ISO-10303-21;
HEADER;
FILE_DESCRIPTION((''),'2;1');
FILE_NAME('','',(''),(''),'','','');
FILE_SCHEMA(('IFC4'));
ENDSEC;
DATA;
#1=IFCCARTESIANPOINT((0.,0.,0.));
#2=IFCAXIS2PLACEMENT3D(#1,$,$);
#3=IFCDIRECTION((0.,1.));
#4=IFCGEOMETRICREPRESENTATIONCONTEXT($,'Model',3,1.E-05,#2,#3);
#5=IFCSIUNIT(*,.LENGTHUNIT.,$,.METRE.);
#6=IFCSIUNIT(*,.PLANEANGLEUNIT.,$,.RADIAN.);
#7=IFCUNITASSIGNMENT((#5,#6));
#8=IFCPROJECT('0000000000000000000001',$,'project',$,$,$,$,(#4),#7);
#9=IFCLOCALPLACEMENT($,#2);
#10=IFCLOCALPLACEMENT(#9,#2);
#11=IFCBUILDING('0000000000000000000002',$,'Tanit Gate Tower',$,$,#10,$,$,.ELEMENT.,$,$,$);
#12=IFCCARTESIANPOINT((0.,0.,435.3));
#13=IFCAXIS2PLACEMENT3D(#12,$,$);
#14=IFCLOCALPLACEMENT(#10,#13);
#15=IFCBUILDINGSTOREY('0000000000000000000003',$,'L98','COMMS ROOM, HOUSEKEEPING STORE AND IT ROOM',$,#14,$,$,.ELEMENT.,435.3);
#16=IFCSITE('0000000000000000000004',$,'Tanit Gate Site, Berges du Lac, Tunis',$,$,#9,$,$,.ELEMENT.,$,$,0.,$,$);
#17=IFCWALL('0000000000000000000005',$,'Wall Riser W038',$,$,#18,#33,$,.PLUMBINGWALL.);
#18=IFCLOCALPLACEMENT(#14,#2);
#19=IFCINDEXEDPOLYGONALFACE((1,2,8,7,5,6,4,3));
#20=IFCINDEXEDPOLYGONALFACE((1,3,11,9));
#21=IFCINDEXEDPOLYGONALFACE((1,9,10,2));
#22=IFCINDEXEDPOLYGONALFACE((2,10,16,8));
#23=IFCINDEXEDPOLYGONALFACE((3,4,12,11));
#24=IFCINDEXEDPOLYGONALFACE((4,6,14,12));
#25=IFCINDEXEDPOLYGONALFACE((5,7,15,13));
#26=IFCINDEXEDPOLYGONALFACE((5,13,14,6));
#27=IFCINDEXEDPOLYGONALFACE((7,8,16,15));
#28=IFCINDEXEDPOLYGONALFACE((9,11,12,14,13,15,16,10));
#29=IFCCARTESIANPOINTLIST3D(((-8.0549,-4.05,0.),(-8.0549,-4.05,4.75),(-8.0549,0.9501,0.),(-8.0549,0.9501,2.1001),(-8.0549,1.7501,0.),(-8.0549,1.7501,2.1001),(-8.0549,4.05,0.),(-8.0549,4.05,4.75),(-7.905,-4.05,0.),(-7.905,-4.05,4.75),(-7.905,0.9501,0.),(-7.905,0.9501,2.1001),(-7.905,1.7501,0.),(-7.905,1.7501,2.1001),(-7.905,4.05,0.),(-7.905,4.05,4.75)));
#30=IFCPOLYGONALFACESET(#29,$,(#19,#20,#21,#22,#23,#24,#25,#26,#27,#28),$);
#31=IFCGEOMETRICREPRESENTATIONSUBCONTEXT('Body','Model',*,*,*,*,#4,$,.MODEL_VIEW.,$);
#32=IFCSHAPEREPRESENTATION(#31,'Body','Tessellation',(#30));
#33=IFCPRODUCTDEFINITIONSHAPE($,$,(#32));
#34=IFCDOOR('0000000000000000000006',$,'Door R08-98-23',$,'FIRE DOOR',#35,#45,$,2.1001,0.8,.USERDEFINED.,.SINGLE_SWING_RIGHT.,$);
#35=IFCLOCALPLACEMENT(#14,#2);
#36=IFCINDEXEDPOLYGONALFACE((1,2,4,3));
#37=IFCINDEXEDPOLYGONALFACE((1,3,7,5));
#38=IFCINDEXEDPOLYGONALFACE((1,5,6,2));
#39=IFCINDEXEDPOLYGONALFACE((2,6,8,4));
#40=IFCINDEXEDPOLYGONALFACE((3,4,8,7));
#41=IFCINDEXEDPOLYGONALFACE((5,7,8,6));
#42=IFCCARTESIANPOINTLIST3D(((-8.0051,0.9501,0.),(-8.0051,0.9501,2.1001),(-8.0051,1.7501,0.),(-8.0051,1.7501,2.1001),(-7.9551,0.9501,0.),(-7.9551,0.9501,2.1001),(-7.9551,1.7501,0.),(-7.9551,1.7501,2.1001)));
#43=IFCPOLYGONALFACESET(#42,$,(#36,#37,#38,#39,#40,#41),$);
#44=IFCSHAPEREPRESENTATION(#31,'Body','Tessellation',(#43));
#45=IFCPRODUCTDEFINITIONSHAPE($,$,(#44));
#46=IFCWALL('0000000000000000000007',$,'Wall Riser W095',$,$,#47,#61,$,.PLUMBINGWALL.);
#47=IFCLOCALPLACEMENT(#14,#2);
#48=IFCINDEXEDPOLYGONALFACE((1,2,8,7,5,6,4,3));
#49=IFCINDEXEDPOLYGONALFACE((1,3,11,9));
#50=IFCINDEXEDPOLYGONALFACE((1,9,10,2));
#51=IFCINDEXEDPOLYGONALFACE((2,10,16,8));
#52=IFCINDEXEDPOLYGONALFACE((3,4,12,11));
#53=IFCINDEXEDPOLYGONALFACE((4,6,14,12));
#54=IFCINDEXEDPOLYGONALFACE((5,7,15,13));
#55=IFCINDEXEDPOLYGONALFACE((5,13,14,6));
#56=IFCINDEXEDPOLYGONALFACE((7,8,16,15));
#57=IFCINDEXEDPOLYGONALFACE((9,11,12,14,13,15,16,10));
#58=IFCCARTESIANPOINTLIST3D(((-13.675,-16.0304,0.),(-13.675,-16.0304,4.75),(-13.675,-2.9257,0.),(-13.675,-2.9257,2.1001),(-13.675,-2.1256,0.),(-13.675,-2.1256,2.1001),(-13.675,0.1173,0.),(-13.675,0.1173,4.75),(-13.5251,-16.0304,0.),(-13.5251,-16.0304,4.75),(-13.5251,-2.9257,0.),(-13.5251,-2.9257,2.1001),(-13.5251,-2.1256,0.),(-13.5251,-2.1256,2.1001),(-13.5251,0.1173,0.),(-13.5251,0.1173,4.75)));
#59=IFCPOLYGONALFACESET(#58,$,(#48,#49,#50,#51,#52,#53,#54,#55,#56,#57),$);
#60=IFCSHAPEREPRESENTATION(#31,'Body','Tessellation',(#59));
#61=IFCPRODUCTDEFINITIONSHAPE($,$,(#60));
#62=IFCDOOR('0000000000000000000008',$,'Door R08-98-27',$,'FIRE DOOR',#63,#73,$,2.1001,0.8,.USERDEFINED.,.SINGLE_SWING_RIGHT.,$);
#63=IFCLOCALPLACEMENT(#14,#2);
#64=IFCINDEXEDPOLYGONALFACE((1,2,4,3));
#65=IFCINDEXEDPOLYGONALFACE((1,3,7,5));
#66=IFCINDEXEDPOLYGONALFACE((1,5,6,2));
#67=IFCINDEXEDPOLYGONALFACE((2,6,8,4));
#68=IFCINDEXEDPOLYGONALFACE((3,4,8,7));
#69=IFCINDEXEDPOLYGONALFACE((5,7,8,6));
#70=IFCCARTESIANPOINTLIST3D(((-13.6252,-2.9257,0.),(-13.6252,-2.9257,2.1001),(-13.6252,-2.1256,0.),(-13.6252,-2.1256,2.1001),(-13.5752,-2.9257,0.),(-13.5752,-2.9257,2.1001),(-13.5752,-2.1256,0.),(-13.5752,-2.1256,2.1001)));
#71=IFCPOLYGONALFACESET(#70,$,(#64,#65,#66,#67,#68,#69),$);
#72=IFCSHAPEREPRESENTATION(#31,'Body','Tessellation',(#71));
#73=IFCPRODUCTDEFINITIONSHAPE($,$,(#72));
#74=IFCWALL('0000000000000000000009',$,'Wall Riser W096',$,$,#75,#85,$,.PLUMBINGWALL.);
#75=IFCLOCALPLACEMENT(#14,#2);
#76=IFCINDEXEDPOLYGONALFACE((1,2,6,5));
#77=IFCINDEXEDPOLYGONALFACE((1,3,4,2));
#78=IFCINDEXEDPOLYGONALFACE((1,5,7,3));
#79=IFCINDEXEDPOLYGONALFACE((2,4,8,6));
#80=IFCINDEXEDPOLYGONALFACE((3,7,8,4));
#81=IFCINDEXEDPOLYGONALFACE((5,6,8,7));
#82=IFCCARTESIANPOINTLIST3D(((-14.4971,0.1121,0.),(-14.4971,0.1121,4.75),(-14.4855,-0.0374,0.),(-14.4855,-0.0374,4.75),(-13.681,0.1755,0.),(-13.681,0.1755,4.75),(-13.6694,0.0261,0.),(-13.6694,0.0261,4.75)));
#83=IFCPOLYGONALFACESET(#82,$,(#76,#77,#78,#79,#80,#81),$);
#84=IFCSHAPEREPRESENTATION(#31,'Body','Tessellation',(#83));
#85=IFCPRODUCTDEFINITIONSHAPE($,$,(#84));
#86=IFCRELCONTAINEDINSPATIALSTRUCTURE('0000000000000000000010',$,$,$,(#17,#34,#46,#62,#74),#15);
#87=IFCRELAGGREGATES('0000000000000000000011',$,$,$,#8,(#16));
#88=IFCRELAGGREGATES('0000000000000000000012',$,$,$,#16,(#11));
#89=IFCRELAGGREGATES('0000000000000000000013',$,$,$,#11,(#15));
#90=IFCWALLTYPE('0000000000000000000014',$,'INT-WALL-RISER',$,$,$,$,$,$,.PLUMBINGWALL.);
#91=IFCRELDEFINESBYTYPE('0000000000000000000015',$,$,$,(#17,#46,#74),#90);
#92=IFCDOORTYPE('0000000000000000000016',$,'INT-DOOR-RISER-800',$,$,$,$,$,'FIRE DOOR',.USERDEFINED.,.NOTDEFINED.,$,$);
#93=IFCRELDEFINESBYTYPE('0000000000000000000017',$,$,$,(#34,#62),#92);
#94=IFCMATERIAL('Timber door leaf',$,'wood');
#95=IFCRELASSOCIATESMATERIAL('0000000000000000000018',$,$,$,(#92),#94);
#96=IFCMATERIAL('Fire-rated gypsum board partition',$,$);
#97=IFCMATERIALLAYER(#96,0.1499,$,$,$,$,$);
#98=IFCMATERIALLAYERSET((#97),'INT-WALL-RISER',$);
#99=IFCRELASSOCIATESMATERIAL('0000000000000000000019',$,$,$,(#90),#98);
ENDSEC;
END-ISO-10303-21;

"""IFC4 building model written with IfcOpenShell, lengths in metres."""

from ifc_helpers import new_model, si_unit, direction, frame, frame_2d, origin, place, context, subcontext, project, spatial, rectangle, extrude, material, layer, layer_set, type_object, element, fill, save


model = new_model("IFC4")

# Units and contexts
model_context = context("Model", 3, precision=1e-05, world=origin(), true_north=direction((0.0, 1.0)))
body_context = subcontext(model_context, "Body", "Model", "MODEL_VIEW")
ifc_project = project(units=[si_unit("LENGTHUNIT", "METRE"), si_unit("PLANEANGLEUNIT", "RADIAN")], contexts=[model_context])

# Site, building, storey
site_placement = place(None, origin())
site = spatial("IfcSite", under=ifc_project, at=site_placement, Name="Tanit Gate Site, Berges du Lac, Tunis", CompositionType="ELEMENT", RefElevation=0.0)
building_placement = place(site_placement, origin())
building = spatial("IfcBuilding", under=site, at=building_placement, Name="Tanit Gate Tower", CompositionType="ELEMENT")
storey_placement = place(building_placement, frame((0.0, 0.0, 435.3)))
storey = spatial("IfcBuildingStorey", under=building, at=storey_placement, Name="L98", Description="COMMS ROOM, HOUSEKEEPING STORE AND IT ROOM", CompositionType="ELEMENT", Elevation=435.3)

# Walls, openings, doors
ifc_material_1 = material(Name="Timber door leaf", Category="wood")
door_type = type_object("IfcDoorType", Name="INT-DOOR-RISER-800", ElementType="FIRE DOOR", OperationType="NOTDEFINED", PredefinedType="USERDEFINED", material=ifc_material_1)
ifc_material_2 = material(Name="Fire-rated gypsum board partition")
ifc_layer_1 = layer(ifc_material_2, 0.1499)
ifc_layer_set_1 = layer_set([ifc_layer_1], Name="INT-WALL-RISER")
wall_type_1 = type_object("IfcWallType", Name="INT-WALL-RISER", PredefinedType="PLUMBINGWALL", material=ifc_layer_set_1)
wall_1_placement = place(storey_placement, frame((-7.98, 4.05, 0.0), z_axis=(0.0, 0.0, 1.0), x_axis=(0.0, -1.0, 0.0)))
wall_1 = element("IfcWall", 1, at=wall_1_placement, inside=storey, type_object=wall_type_1, Name="Wall Riser W038", PredefinedType="PLUMBINGWALL", context=body_context, shape_type="SweptSolid", body=[
    extrude(rectangle(XDim=8.1001, YDim=0.1499, at=frame_2d((4.05, 0.0))), origin(), (0.0, 0.0, 1.0), 4.75),
])
opening_1_placement = place(wall_1_placement, frame((2.3, 0.0, 0.0)))
opening_1 = element("IfcOpeningElement", 2, at=opening_1_placement, cuts=wall_1, PredefinedType="OPENING", context=body_context, shape_type="SweptSolid", body=[
    extrude(rectangle(XDim=0.8, YDim=2.1001, at=frame_2d((0.3999, 1.05))), frame((0.0, 0.085, 0.0), z_axis=(0.0, -1.0, 0.0), x_axis=(1.0, 0.0, 0.0)), (0.0, 0.0, 1.0), 0.1699),
])
door_1_placement = place(opening_1_placement, origin())
door_1 = element("IfcDoor", 3, at=door_1_placement, inside=storey, type_object=door_type, Name="Door R08-98-23", ObjectType="FIRE DOOR", OperationType="SINGLE_SWING_RIGHT", OverallHeight=2.1001, OverallWidth=0.8, PredefinedType="USERDEFINED", context=body_context, shape_type="SweptSolid", body=[
    extrude(rectangle(XDim=0.8, YDim=2.1001, at=frame_2d((0.3999, 1.05))), frame((0.0, 0.0249, 0.0), z_axis=(0.0, -1.0, 0.0), x_axis=(1.0, 0.0, 0.0)), (0.0, 0.0, 1.0), 0.05),
])
fill(opening_1, door_1)
wall_2_placement = place(storey_placement, frame((-13.6001, 0.1172, 0.0), z_axis=(0.0, 0.0, 1.0), x_axis=(0.0, -1.0, 0.0)))
wall_2 = element("IfcWall", 4, at=wall_2_placement, inside=storey, type_object=wall_type_1, Name="Wall Riser W095", PredefinedType="PLUMBINGWALL", context=body_context, shape_type="SweptSolid", body=[
    extrude(rectangle(XDim=16.1477, YDim=0.1499, at=frame_2d((8.0737, 0.0))), origin(), (0.0, 0.0, 1.0), 4.75),
])
opening_2_placement = place(wall_2_placement, frame((2.2429, 0.0, 0.0)))
opening_2 = element("IfcOpeningElement", 5, at=opening_2_placement, cuts=wall_2, PredefinedType="OPENING", context=body_context, shape_type="SweptSolid", body=[
    extrude(rectangle(XDim=0.8, YDim=2.1001, at=frame_2d((0.3999, 1.05))), frame((0.0, 0.085, 0.0), z_axis=(0.0, -1.0, 0.0), x_axis=(1.0, 0.0, 0.0)), (0.0, 0.0, 1.0), 0.1699),
])
door_2_placement = place(opening_2_placement, origin())
door_2 = element("IfcDoor", 6, at=door_2_placement, inside=storey, type_object=door_type, Name="Door R08-98-27", ObjectType="FIRE DOOR", OperationType="SINGLE_SWING_RIGHT", OverallHeight=2.1001, OverallWidth=0.8, PredefinedType="USERDEFINED", context=body_context, shape_type="SweptSolid", body=[
    extrude(rectangle(XDim=0.8, YDim=2.1001, at=frame_2d((0.3999, 1.05))), frame((0.0, 0.0249, 0.0), z_axis=(0.0, -1.0, 0.0), x_axis=(1.0, 0.0, 0.0)), (0.0, 0.0, 1.0), 0.05),
])
fill(opening_2, door_2)

# Wall
wall_3_placement = place(storey_placement, frame((-14.4912, 0.0374, 0.0), z_axis=(0.0, 0.0, 1.0), x_axis=(0.996989, 0.07754, 0.0)))
element("IfcWall", 7, at=wall_3_placement, inside=storey, type_object=wall_type_1, Name="Wall Riser W096", PredefinedType="PLUMBINGWALL", context=body_context, shape_type="SweptSolid", body=[
    extrude(rectangle(XDim=0.8186, YDim=0.1499, at=frame_2d((0.4092, 0.0))), origin(), (0.0, 0.0, 1.0), 4.75),
])

save(model, "model.ifc")
